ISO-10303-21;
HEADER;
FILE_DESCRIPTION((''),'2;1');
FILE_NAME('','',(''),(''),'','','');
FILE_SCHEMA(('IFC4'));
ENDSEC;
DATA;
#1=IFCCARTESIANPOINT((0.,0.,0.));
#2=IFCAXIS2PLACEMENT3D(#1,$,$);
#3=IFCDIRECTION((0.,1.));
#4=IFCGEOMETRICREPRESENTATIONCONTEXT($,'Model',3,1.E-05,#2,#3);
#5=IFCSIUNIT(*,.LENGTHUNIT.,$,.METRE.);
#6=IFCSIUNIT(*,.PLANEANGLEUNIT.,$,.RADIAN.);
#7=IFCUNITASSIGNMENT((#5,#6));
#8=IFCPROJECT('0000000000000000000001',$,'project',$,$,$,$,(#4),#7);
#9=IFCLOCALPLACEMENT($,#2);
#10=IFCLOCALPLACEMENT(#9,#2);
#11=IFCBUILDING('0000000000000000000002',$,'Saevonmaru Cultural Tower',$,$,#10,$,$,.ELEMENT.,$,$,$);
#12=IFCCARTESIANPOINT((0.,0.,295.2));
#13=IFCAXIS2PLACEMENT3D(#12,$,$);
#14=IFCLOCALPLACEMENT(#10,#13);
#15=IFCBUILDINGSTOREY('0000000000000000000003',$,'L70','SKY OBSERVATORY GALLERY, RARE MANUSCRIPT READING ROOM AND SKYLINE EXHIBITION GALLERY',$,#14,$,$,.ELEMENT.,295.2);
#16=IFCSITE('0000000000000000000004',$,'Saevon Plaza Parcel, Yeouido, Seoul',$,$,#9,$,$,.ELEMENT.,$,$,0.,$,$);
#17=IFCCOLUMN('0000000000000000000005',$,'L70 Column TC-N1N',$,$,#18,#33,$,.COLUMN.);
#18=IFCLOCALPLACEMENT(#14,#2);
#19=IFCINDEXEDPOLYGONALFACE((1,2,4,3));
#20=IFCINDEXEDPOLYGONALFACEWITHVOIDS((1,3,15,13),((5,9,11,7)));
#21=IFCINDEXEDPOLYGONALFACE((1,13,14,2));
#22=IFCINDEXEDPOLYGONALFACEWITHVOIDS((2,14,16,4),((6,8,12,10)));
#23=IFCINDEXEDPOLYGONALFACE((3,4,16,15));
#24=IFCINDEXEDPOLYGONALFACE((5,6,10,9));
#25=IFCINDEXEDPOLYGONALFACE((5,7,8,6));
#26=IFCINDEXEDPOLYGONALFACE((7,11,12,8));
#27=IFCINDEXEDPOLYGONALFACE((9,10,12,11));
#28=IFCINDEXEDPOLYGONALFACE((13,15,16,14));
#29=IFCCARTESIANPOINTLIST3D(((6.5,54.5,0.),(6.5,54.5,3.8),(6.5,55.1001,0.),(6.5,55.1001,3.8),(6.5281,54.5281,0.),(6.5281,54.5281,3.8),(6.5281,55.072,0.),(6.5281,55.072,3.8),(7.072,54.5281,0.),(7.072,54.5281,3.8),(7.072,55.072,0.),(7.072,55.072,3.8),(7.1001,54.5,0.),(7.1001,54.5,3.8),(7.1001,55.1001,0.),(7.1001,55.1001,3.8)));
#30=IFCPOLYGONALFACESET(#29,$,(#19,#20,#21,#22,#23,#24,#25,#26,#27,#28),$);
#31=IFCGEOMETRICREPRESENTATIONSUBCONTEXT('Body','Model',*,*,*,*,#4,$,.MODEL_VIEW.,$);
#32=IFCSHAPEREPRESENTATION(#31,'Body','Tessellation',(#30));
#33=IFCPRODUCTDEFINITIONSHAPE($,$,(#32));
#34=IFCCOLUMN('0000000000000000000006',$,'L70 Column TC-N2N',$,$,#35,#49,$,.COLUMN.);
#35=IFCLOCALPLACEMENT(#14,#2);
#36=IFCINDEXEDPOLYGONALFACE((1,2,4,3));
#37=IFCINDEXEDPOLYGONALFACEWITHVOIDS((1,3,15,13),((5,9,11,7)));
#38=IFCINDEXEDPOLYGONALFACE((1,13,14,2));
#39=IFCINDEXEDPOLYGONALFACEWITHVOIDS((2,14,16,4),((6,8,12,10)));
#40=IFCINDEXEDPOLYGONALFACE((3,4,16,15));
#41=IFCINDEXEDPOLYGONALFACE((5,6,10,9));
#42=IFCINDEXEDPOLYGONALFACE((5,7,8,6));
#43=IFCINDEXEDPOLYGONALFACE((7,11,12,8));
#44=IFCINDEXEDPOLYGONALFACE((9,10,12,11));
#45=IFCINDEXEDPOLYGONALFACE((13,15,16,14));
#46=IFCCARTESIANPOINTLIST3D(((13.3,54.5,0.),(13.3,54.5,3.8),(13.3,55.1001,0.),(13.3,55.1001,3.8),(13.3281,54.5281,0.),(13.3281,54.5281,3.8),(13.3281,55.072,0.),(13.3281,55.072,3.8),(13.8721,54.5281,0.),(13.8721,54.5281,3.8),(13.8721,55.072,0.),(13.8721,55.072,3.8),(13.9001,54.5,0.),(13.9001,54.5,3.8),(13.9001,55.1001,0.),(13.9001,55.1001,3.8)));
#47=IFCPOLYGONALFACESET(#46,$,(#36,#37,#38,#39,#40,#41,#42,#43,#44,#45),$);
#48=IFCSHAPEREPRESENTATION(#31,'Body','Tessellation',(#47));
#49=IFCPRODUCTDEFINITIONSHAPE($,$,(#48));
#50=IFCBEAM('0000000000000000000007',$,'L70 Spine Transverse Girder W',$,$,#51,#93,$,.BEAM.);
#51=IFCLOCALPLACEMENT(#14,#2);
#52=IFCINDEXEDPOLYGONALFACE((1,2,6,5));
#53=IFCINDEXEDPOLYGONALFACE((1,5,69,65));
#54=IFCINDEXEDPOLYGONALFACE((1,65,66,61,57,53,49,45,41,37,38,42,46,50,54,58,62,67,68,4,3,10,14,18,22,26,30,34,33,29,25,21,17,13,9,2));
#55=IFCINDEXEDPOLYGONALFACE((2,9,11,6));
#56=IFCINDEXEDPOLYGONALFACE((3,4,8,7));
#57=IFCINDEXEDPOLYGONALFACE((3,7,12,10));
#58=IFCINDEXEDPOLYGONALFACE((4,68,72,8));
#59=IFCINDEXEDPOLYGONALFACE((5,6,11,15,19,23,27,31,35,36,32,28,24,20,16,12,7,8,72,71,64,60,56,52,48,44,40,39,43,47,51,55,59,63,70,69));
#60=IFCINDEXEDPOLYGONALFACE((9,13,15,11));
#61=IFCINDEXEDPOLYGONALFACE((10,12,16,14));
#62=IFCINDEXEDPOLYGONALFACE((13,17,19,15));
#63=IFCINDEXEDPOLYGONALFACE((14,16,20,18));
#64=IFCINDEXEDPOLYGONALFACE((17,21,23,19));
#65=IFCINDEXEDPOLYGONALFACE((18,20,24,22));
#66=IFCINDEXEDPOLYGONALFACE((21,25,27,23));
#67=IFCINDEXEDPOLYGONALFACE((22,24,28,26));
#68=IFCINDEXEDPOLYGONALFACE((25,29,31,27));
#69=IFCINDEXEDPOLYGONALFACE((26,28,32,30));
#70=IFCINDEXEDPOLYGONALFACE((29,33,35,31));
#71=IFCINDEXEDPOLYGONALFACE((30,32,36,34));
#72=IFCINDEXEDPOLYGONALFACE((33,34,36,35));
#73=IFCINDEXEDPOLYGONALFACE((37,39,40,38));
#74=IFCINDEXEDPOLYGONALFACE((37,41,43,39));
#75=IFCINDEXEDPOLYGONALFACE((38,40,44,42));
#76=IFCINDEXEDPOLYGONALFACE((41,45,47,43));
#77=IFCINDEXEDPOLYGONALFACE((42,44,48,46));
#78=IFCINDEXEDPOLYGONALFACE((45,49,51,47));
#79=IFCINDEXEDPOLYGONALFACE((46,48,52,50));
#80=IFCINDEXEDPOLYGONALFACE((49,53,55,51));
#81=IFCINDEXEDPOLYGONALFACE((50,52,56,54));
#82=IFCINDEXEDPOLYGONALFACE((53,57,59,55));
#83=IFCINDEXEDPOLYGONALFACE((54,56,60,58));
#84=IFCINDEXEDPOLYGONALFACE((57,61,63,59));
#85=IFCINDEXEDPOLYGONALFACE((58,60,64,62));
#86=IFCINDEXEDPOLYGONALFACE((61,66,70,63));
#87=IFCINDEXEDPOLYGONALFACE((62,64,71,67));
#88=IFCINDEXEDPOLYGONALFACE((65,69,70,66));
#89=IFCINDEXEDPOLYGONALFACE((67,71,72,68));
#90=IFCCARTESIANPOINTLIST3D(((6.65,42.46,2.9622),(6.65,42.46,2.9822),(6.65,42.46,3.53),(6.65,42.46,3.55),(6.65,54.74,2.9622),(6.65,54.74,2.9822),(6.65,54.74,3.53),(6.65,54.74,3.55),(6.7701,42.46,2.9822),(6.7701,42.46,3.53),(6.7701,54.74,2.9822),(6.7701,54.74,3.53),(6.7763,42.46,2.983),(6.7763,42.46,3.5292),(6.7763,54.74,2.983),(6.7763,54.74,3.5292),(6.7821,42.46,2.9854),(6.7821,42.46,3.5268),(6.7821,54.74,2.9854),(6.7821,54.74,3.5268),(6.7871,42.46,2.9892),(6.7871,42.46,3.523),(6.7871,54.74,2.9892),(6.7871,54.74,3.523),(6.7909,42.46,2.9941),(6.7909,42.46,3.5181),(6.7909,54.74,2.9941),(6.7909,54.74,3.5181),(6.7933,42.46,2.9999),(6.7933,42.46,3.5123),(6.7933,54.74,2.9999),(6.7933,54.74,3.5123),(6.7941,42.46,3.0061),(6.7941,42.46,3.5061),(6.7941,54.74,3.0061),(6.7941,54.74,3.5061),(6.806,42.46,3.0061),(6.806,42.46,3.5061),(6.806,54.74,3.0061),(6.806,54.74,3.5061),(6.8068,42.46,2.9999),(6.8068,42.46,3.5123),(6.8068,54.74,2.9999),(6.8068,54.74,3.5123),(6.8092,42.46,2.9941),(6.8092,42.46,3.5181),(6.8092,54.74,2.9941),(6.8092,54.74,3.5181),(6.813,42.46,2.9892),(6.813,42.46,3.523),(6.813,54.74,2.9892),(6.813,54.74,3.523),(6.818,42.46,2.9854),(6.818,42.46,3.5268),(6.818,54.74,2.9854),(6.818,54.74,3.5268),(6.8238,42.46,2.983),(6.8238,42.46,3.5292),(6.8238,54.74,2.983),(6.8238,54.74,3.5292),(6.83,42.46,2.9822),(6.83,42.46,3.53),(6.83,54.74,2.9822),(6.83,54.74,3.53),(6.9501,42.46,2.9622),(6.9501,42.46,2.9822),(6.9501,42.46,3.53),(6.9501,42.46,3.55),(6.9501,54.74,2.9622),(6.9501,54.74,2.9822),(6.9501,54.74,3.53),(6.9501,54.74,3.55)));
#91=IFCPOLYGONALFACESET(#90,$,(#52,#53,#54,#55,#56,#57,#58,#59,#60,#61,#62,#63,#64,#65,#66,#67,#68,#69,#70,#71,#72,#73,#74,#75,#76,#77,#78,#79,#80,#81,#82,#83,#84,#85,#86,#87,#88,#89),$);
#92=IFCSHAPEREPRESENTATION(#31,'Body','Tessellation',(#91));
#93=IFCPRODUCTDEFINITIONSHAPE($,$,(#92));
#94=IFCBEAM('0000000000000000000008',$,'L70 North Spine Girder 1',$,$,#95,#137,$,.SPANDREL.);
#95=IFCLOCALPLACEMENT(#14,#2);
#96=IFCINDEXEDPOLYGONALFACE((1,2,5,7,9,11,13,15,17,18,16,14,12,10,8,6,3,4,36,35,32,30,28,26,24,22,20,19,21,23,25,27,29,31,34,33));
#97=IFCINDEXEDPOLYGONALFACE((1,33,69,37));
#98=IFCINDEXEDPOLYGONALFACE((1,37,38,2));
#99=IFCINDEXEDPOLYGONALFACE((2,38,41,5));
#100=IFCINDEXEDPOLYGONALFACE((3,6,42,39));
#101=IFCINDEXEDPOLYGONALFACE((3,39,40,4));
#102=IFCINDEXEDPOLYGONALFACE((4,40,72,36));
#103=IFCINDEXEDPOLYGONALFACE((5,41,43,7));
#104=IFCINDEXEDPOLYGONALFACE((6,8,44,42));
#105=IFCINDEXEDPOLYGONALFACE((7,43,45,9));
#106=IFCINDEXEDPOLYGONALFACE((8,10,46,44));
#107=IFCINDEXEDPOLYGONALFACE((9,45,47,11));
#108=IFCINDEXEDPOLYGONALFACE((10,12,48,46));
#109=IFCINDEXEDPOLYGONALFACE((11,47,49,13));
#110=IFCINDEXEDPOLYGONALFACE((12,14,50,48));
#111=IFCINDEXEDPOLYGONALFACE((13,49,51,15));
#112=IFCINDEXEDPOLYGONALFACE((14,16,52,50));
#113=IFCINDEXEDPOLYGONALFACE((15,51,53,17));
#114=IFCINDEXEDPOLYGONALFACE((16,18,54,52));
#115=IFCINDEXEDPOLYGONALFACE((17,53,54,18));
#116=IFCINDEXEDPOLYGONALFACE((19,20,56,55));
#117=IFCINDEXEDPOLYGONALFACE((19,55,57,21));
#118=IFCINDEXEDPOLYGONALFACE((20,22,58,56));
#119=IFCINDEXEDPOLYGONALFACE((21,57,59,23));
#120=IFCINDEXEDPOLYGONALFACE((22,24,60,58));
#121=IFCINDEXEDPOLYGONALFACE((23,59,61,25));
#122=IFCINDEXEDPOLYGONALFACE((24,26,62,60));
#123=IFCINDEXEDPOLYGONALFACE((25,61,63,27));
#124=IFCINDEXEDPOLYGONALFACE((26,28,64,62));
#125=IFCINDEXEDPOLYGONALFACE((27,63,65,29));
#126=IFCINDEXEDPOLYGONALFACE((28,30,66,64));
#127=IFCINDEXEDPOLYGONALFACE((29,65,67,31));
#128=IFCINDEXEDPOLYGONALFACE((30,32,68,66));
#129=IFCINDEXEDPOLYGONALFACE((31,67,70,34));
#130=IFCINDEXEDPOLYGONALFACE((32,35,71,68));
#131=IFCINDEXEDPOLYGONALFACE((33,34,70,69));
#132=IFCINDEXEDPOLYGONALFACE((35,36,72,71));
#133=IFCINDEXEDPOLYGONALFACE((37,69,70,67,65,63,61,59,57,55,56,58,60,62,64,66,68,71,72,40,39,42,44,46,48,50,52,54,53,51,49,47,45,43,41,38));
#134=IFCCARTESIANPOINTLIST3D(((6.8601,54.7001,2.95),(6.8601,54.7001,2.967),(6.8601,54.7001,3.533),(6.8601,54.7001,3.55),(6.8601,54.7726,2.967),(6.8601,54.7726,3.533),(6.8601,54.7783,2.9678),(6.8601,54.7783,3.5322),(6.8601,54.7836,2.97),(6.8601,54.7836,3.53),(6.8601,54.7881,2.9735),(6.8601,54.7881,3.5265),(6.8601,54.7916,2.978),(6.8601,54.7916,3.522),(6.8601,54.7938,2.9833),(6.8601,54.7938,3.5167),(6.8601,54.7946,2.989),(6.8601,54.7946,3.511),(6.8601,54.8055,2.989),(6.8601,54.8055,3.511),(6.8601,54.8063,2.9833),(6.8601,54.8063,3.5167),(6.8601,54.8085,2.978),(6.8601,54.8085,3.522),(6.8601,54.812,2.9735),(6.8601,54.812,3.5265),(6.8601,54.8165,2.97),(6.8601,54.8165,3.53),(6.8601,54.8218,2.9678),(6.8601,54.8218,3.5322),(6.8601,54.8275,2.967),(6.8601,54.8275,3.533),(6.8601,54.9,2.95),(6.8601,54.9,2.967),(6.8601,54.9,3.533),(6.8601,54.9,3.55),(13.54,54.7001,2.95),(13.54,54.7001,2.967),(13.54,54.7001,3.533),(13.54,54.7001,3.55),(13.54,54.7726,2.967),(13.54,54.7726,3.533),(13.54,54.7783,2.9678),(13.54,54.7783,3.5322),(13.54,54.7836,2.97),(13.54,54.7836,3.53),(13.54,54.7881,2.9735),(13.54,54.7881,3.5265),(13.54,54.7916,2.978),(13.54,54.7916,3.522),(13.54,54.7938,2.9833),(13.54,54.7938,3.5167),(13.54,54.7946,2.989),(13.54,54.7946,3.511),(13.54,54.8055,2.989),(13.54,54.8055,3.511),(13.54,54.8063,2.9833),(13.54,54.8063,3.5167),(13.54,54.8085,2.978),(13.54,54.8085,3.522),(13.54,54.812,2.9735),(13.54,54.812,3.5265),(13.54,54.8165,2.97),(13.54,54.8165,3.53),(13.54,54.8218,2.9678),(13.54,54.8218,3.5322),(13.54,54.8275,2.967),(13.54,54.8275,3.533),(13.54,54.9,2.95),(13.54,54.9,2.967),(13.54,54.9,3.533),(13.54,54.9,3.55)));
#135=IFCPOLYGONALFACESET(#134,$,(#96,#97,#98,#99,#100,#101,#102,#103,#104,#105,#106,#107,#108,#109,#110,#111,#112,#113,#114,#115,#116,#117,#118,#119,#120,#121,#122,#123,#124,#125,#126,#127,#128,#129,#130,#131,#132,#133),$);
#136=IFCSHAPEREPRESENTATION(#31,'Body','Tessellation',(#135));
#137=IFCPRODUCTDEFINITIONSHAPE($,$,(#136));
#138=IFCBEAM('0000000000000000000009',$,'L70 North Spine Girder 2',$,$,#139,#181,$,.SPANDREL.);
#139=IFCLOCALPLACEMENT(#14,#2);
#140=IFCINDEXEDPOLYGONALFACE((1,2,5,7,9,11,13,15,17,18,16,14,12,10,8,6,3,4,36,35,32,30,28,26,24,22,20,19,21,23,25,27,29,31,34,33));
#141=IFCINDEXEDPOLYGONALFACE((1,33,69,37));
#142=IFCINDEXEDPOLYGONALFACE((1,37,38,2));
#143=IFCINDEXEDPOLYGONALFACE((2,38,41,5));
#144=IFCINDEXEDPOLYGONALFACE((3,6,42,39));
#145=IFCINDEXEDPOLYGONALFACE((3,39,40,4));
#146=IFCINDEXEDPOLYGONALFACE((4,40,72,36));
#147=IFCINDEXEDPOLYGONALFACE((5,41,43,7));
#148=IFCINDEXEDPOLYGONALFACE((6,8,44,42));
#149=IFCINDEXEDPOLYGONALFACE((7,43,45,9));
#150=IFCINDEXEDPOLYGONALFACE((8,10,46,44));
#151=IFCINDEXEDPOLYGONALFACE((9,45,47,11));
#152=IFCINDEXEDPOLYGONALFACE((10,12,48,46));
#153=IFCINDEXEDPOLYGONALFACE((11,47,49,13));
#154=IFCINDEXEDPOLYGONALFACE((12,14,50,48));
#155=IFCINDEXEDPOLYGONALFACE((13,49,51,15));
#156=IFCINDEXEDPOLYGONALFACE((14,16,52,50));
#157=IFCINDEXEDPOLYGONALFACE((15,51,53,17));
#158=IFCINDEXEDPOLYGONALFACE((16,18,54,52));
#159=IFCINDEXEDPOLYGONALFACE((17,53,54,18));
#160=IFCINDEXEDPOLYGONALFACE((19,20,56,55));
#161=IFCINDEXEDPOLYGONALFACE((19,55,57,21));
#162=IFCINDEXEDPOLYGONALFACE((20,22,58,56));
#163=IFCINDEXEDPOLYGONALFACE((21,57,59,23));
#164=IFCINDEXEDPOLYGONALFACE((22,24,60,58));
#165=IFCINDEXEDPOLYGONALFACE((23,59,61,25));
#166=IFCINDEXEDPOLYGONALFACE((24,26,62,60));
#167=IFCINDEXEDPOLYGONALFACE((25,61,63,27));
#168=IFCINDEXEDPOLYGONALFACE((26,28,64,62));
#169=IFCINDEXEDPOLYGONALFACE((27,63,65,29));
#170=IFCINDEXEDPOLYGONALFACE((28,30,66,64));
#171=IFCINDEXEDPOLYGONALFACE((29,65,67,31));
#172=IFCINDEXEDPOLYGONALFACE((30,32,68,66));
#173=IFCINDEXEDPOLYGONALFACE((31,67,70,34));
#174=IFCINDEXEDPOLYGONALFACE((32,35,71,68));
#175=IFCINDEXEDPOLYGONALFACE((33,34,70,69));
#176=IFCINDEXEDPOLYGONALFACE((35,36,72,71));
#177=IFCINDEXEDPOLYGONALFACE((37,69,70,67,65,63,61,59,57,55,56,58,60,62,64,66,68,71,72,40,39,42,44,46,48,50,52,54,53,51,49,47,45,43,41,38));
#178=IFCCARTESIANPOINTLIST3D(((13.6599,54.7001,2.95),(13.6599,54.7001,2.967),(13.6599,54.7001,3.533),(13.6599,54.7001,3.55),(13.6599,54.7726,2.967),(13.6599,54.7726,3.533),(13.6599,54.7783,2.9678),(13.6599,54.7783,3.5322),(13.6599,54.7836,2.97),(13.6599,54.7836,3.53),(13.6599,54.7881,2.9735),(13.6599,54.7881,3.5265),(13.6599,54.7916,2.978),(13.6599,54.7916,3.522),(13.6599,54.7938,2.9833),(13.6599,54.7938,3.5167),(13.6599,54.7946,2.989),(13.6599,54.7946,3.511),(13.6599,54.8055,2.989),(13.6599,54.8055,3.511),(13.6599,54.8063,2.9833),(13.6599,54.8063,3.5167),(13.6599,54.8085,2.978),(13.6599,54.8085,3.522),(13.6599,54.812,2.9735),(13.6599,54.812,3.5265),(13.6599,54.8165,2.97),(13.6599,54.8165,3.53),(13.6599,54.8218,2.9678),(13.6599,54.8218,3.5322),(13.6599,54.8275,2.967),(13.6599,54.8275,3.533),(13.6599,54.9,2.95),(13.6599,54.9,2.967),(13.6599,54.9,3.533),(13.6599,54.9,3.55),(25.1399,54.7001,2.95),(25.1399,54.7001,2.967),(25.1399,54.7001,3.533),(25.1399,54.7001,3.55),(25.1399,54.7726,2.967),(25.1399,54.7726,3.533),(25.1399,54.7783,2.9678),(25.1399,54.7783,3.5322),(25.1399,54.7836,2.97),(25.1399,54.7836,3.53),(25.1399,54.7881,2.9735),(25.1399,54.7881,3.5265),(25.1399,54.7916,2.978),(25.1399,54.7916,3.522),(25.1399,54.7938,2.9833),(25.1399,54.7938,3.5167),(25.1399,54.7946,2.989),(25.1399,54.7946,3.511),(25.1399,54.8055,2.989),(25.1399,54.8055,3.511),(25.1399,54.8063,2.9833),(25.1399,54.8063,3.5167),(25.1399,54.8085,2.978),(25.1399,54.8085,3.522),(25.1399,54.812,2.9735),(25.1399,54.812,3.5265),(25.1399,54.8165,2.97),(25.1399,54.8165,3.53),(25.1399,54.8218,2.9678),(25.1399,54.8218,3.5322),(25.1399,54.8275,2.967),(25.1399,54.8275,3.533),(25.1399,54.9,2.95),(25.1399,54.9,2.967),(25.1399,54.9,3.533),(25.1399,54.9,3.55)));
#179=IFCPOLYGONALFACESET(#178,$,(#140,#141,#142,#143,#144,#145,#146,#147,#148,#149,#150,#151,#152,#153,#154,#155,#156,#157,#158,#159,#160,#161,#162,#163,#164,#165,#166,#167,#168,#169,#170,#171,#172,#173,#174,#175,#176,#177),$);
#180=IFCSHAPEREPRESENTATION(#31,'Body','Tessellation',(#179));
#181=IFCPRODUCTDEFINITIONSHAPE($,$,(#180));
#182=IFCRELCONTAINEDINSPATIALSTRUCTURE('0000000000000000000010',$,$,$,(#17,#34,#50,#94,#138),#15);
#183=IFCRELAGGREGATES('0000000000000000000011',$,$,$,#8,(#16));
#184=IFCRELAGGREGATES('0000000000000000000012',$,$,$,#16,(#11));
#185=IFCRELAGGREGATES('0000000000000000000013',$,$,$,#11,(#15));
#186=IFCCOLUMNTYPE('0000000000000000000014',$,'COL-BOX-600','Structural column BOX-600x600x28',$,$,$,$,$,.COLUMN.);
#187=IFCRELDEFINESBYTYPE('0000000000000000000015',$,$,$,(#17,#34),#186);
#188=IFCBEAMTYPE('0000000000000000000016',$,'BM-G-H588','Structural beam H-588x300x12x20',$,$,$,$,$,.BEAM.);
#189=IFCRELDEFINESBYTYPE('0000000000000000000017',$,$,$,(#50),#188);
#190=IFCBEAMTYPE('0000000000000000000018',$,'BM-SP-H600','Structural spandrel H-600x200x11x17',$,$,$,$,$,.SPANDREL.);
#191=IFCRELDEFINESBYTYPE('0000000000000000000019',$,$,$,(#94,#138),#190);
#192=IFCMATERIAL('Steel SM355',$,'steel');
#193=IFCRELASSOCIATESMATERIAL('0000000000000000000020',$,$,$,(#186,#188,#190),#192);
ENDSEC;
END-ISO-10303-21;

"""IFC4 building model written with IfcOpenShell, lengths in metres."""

from ifc_helpers import new_model, si_unit, direction, frame, origin, origin_2d, place, context, subcontext, project, spatial, hollow_rectangle, i_section, extrude, material, material_profile, profile_set, type_object, element, save


model = new_model("IFC4")

# Units and contexts
model_context = context("Model", 3, precision=1e-05, world=origin(), true_north=direction((0.0, 1.0)))
body_context = subcontext(model_context, "Body", "Model", "MODEL_VIEW")
ifc_project = project(units=[si_unit("LENGTHUNIT", "METRE"), si_unit("PLANEANGLEUNIT", "RADIAN")], contexts=[model_context])

# Site, building, storey
site_placement = place(None, origin())
site = spatial("IfcSite", under=ifc_project, at=site_placement, Name="Saevon Plaza Parcel, Yeouido, Seoul", CompositionType="ELEMENT", RefElevation=0.0)
building_placement = place(site_placement, origin())
building = spatial("IfcBuilding", under=site, at=building_placement, Name="Saevonmaru Cultural Tower", CompositionType="ELEMENT")
storey_placement = place(building_placement, frame((0.0, 0.0, 295.2)))
storey = spatial("IfcBuildingStorey", under=building, at=storey_placement, Name="L70", Description="SKY OBSERVATORY GALLERY, RARE MANUSCRIPT READING ROOM AND SKYLINE EXHIBITION GALLERY", CompositionType="ELEMENT", Elevation=295.2)

# Columns
ifc_material_1 = material(Name="Steel SM355", Category="steel")
ifc_material_profile_1 = material_profile(ifc_material_1, hollow_rectangle(XDim=0.6001, YDim=0.6001, WallThickness=0.0281, at=origin_2d()), Name="BOX-600x600x28")
ifc_profile_set_1 = profile_set([ifc_material_profile_1], Name="Steel SM355")
column_type = type_object("IfcColumnType", Name="COL-BOX-600", Description="Structural column BOX-600x600x28", PredefinedType="COLUMN", material=ifc_profile_set_1)
for number, where, z_axis, x_axis, name in (
    (1, (6.8, 54.8, 0.0), (0.0, 0.0, 1.0), (1.0, 0.0, 0.0), "L70 Column TC-N1N"),
    (2, (13.6001, 54.8, 0.0), (0.0, 0.0, 1.0), (1.0, 0.0, 0.0), "L70 Column TC-N2N"),
):
    element("IfcColumn", number, at=place(storey_placement, frame(where, z_axis=z_axis, x_axis=x_axis)), inside=storey, type_object=column_type, Name=name, PredefinedType="COLUMN", context=body_context, shape_type="SweptSolid", body=[
        extrude(hollow_rectangle(XDim=0.6001, YDim=0.6001, WallThickness=0.0281, at=origin_2d()), origin(), (0.0, 0.0, 1.0), 3.8),
    ])

# Beams
ifc_material_profile_2 = material_profile(ifc_material_1, i_section(OverallWidth=0.3, OverallDepth=0.5879, WebThickness=0.012, FlangeThickness=0.02, FilletRadius=0.0239, at=origin_2d()), Name="H-588x300x12x20")
ifc_profile_set_2 = profile_set([ifc_material_profile_2], Name="Steel SM355")
beam_type_1 = type_object("IfcBeamType", Name="BM-G-H588", Description="Structural beam H-588x300x12x20", PredefinedType="BEAM", material=ifc_profile_set_2)
beam_1_placement = place(storey_placement, frame((6.8, 54.74, 3.2561), z_axis=(0.0, -1.0, 0.0), x_axis=(1.0, 0.0, 0.0)))
element("IfcBeam", 3, at=beam_1_placement, inside=storey, type_object=beam_type_1, Name="L70 Spine Transverse Girder W", PredefinedType="BEAM", context=body_context, shape_type="SweptSolid", body=[
    extrude(i_section(OverallWidth=0.3, OverallDepth=0.5879, WebThickness=0.012, FlangeThickness=0.02, FilletRadius=0.0239, at=origin_2d()), origin(), (0.0, 0.0, 1.0), 12.28),
])
ifc_material_profile_3 = material_profile(ifc_material_1, i_section(OverallWidth=0.2, OverallDepth=0.6001, WebThickness=0.011, FlangeThickness=0.0171, FilletRadius=0.022, at=origin_2d()), Name="H-600x200x11x17")
ifc_profile_set_3 = profile_set([ifc_material_profile_3], Name="Steel SM355")
beam_type_2 = type_object("IfcBeamType", Name="BM-SP-H600", Description="Structural spandrel H-600x200x11x17", PredefinedType="SPANDREL", material=ifc_profile_set_3)
beam_2_placement = place(storey_placement, frame((6.8601, 54.8, 3.25), z_axis=(1.0, 0.0, 0.0), x_axis=(0.0, 1.0, 0.0)))
element("IfcBeam", 4, at=beam_2_placement, inside=storey, type_object=beam_type_2, Name="L70 North Spine Girder 1", PredefinedType="SPANDREL", context=body_context, shape_type="SweptSolid", body=[
    extrude(i_section(OverallWidth=0.2, OverallDepth=0.6001, WebThickness=0.011, FlangeThickness=0.0171, FilletRadius=0.022, at=origin_2d()), origin(), (0.0, 0.0, 1.0), 6.6799),
])
beam_3_placement = place(storey_placement, frame((13.6599, 54.8, 3.25), z_axis=(1.0, 0.0, 0.0), x_axis=(0.0, 1.0, 0.0)))
element("IfcBeam", 5, at=beam_3_placement, inside=storey, type_object=beam_type_2, Name="L70 North Spine Girder 2", PredefinedType="SPANDREL", context=body_context, shape_type="SweptSolid", body=[
    extrude(i_section(OverallWidth=0.2, OverallDepth=0.6001, WebThickness=0.011, FlangeThickness=0.0171, FilletRadius=0.022, at=origin_2d()), origin(), (0.0, 0.0, 1.0), 11.48),
])

save(model, "model.ifc")
